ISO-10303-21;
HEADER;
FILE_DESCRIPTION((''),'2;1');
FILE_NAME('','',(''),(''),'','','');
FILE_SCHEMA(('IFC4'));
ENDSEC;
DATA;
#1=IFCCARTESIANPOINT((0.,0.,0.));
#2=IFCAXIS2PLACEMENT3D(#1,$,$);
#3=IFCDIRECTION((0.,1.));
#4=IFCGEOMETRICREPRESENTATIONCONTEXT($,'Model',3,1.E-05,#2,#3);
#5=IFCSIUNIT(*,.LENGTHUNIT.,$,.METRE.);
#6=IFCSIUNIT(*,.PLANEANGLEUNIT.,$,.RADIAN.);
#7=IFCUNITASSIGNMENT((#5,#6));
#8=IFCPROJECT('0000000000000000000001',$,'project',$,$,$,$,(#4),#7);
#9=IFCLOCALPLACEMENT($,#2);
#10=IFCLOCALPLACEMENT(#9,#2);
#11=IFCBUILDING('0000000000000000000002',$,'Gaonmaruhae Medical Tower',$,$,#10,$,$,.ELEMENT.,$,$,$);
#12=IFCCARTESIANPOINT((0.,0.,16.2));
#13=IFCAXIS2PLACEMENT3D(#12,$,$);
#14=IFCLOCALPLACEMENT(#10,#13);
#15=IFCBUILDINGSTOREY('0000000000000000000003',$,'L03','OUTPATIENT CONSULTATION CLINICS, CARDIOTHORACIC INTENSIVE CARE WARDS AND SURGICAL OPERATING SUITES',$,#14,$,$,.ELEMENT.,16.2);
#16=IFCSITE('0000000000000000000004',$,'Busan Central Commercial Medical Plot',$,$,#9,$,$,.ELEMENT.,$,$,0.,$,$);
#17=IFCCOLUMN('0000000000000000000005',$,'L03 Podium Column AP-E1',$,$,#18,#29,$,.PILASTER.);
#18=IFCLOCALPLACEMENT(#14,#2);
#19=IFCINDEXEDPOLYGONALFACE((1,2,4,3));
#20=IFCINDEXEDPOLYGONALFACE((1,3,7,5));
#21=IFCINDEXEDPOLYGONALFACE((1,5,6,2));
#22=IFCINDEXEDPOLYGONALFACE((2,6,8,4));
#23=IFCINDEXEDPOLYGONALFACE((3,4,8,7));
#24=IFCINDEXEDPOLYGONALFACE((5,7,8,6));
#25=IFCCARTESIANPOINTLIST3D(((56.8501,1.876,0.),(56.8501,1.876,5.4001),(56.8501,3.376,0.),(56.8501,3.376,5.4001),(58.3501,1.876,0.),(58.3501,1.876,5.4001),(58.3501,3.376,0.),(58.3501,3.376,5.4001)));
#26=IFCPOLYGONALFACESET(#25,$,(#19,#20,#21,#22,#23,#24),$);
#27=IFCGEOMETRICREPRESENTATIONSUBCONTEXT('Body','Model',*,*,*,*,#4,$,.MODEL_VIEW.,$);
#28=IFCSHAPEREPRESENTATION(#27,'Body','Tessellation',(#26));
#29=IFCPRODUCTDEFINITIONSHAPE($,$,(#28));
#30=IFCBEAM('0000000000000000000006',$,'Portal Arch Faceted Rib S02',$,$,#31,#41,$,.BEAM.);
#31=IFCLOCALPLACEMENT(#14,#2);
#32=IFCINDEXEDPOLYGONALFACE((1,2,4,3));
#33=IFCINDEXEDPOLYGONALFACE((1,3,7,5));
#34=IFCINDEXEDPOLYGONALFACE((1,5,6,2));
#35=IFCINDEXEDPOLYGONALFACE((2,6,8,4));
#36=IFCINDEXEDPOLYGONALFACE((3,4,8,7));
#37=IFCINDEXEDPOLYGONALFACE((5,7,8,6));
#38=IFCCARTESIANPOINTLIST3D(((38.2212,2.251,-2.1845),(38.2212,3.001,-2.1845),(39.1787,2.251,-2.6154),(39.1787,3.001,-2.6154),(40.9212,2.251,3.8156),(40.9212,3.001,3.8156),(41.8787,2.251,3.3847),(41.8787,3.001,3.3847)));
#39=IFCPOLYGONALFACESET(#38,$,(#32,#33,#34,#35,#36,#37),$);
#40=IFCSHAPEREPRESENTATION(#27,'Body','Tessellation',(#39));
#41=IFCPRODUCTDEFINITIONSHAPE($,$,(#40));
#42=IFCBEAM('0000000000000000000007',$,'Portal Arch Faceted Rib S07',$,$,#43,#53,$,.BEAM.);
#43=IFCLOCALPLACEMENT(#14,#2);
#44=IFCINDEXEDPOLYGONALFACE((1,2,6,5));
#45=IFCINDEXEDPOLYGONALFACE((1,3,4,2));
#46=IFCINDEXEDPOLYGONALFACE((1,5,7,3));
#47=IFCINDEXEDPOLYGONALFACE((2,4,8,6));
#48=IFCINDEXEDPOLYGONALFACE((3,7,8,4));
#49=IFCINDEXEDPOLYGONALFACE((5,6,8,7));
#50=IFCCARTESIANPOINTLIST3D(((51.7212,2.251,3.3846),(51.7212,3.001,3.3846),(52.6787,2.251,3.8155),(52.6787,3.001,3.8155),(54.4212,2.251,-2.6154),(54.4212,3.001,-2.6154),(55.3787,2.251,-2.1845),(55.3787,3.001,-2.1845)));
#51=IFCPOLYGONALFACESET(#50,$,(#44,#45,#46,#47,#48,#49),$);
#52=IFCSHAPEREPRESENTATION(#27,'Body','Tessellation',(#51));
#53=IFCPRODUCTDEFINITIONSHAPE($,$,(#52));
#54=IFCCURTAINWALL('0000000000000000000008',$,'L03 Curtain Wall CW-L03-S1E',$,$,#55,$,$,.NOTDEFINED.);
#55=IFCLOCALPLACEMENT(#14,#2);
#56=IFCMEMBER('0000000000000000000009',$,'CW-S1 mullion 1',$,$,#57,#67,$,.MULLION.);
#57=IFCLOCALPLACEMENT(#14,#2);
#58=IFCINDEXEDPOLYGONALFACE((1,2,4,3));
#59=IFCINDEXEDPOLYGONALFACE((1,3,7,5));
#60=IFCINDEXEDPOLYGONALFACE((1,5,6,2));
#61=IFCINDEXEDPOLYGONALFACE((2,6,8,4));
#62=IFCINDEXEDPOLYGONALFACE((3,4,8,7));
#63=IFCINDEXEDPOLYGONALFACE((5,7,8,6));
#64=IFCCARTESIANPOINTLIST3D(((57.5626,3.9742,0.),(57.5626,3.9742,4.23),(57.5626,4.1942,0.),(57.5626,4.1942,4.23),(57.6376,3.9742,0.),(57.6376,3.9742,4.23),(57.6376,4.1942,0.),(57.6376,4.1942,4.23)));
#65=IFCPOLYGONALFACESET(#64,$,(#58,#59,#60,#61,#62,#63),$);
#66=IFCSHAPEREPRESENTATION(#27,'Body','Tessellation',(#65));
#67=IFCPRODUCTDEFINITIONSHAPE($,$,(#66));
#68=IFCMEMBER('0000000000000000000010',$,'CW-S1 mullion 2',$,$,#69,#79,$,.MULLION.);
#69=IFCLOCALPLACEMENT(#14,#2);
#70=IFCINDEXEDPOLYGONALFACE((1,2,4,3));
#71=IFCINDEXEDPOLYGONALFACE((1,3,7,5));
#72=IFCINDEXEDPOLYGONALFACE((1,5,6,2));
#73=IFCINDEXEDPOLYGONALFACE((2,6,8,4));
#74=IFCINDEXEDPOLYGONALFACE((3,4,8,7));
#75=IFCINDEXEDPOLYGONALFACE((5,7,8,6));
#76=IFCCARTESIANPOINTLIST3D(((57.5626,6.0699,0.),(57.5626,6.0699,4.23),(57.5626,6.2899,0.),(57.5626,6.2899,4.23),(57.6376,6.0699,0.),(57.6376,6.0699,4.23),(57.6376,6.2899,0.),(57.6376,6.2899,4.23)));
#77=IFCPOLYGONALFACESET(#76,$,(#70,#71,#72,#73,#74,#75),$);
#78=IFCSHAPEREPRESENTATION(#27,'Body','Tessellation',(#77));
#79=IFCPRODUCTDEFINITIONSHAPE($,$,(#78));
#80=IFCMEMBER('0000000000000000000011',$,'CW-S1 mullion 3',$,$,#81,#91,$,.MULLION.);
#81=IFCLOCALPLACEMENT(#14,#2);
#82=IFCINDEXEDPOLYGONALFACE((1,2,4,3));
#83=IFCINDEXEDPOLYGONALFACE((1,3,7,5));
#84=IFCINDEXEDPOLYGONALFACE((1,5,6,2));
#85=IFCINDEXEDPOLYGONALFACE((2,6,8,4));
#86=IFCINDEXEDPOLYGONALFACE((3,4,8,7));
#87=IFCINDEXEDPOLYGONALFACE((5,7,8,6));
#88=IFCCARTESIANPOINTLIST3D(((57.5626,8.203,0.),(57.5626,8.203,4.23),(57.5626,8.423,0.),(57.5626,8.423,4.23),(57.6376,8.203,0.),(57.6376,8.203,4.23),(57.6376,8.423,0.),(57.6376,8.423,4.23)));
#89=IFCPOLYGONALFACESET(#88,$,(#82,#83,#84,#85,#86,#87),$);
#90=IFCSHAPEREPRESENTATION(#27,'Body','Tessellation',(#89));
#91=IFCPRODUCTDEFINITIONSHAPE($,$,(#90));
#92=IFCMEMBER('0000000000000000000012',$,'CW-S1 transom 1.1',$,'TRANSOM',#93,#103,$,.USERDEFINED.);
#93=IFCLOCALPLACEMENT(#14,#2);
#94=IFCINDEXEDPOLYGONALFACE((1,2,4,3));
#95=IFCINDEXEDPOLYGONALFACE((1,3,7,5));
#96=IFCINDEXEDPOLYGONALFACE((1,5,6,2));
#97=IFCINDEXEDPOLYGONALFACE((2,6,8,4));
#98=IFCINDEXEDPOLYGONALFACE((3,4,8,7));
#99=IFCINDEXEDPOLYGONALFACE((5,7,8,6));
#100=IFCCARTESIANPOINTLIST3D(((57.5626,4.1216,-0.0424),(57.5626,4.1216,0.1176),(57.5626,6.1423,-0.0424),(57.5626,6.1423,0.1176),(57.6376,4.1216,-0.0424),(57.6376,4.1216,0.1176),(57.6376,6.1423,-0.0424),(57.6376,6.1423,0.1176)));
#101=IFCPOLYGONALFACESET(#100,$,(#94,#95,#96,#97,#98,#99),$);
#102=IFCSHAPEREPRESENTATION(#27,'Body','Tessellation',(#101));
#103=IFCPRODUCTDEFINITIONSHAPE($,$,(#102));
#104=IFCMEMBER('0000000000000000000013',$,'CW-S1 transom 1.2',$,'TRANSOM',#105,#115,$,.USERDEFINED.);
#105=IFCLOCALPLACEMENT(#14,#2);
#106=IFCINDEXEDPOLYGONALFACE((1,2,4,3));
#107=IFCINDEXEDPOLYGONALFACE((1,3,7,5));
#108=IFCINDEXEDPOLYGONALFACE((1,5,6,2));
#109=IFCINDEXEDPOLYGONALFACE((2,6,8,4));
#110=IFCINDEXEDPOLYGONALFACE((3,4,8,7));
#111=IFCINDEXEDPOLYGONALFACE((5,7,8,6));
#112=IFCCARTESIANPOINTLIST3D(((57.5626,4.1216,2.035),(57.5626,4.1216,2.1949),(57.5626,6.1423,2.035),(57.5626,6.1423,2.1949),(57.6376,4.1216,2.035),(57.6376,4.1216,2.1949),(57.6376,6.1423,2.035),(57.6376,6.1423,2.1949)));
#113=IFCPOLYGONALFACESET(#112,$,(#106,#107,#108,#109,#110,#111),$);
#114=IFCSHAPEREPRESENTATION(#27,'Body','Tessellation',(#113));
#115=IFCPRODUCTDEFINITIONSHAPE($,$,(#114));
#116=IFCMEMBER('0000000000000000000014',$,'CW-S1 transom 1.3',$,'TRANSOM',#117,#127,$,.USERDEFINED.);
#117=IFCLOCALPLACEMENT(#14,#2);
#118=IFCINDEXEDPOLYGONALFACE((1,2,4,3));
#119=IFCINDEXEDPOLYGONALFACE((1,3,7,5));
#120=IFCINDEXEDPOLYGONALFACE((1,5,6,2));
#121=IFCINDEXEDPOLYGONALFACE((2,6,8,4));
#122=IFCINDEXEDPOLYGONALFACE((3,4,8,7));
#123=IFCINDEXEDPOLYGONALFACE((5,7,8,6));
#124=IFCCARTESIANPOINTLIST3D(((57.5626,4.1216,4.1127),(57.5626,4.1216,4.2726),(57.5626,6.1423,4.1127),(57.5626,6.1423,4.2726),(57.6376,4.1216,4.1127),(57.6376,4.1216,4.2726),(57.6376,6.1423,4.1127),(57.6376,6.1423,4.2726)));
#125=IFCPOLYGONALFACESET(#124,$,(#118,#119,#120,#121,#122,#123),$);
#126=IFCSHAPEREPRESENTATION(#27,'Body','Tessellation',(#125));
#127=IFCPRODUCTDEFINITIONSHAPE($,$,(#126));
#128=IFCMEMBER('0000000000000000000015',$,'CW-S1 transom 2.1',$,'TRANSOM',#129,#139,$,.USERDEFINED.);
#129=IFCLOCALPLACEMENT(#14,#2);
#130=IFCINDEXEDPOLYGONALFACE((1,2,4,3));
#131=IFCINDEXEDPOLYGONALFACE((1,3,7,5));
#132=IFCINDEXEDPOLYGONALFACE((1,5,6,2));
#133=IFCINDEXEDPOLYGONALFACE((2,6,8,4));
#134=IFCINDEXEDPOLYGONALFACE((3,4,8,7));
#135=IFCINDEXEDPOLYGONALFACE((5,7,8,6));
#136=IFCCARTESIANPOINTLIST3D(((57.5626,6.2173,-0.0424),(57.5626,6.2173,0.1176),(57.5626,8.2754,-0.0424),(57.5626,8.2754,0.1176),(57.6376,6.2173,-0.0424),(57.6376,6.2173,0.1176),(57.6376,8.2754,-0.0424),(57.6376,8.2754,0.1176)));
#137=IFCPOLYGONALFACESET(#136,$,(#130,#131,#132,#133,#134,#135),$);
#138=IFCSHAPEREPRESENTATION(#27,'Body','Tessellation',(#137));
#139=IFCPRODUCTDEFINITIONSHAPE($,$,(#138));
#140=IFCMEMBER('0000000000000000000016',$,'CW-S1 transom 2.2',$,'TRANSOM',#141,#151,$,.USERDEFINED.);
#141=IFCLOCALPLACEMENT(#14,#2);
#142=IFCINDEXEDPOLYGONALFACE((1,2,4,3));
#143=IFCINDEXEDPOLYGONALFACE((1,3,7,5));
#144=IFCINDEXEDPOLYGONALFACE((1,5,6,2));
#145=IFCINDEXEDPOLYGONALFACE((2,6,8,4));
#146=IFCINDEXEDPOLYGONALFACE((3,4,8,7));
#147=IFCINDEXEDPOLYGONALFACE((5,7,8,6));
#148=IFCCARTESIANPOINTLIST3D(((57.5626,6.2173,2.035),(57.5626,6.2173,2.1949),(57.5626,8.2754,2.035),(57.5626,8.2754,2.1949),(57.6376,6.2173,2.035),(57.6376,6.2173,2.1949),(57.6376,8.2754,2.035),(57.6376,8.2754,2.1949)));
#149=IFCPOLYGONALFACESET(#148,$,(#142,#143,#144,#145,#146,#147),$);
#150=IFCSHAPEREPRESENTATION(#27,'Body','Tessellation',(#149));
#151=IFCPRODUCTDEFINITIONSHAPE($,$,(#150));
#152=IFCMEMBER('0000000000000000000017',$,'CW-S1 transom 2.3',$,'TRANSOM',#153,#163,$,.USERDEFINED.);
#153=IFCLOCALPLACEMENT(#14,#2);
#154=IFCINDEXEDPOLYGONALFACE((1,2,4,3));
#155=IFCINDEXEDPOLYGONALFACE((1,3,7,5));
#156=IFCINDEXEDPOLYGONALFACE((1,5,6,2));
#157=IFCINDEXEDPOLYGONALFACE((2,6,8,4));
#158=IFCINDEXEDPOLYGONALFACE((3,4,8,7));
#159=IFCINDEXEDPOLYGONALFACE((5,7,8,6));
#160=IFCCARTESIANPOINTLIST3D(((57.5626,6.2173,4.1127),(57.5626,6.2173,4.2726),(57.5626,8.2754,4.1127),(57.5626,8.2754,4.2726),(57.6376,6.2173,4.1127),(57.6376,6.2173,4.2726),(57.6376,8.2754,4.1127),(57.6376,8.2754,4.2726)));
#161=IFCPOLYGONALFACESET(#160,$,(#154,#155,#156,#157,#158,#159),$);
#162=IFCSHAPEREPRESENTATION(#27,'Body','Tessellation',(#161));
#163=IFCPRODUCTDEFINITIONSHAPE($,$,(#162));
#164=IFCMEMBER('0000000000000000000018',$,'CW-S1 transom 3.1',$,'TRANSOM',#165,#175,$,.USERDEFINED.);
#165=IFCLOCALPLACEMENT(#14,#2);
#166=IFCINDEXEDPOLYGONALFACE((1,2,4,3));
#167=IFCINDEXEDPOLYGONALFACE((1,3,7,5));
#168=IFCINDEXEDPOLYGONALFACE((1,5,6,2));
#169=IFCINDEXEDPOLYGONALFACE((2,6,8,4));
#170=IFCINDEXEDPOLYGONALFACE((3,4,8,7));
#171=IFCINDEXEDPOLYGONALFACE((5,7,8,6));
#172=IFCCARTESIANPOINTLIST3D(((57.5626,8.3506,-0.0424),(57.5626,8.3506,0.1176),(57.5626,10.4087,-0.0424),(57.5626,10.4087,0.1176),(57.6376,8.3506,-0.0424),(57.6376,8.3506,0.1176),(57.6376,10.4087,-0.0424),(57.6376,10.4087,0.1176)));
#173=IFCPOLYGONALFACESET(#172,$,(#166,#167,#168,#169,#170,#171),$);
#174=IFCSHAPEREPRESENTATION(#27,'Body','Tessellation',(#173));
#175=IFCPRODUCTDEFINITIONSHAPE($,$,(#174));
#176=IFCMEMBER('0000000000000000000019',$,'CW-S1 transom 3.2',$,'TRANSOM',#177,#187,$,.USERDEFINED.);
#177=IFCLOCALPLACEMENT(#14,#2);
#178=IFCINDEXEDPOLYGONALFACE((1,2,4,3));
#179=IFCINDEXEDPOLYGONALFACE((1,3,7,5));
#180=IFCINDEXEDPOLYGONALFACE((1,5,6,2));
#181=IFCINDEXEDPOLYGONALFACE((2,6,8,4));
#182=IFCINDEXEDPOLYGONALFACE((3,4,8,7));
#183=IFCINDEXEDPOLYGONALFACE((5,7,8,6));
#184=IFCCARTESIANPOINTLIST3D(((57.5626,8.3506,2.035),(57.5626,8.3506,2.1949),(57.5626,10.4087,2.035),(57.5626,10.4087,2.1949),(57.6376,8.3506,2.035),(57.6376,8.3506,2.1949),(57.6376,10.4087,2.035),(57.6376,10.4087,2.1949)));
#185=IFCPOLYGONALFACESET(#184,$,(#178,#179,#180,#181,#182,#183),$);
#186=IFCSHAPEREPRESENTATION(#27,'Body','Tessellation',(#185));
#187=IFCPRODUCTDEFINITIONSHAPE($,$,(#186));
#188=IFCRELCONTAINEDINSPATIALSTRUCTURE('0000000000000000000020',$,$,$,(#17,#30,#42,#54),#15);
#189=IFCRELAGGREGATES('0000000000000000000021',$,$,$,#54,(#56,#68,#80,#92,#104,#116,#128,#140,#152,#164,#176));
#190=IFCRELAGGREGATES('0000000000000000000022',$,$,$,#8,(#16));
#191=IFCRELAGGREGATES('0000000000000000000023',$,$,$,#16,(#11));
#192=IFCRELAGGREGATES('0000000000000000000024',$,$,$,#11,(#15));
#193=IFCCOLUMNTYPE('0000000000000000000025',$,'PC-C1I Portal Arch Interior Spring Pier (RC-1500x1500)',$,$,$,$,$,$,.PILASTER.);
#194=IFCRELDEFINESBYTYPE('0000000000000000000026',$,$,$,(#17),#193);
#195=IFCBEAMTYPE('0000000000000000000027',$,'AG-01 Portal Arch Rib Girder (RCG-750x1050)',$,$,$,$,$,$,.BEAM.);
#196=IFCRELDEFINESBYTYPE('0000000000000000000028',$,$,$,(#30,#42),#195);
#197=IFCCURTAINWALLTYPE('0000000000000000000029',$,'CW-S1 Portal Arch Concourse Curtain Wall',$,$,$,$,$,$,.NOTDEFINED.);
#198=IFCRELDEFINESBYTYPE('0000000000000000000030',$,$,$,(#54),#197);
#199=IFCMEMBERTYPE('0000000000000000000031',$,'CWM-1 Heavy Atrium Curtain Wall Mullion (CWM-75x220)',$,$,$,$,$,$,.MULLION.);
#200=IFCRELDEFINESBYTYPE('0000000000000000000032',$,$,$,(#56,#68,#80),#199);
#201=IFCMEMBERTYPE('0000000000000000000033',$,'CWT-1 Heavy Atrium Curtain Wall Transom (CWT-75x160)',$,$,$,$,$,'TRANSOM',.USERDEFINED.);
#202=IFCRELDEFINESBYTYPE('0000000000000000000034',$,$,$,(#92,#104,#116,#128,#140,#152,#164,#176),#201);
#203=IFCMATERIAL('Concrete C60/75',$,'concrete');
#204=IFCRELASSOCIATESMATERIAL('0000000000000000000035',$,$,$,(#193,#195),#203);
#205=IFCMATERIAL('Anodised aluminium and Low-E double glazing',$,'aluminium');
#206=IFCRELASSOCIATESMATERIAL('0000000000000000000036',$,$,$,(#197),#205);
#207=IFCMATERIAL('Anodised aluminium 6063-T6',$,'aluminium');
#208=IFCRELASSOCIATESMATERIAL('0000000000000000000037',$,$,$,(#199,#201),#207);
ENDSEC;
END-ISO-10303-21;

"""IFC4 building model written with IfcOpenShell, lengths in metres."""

from ifc_helpers import new_model, si_unit, direction, frame, origin, origin_2d, place, context, subcontext, project, spatial, rectangle, extrude, material, material_profile, profile_set, type_object, element, aggregate, save


model = new_model("IFC4")

# Units and contexts
model_context = context("Model", 3, precision=1e-05, world=origin(), true_north=direction((0.0, 1.0)))
body_context = subcontext(model_context, "Body", "Model", "MODEL_VIEW")
ifc_project = project(units=[si_unit("LENGTHUNIT", "METRE"), si_unit("PLANEANGLEUNIT", "RADIAN")], contexts=[model_context])

# Site, building, storey
site_placement = place(None, origin())
site = spatial("IfcSite", under=ifc_project, at=site_placement, Name="Busan Central Commercial Medical Plot", CompositionType="ELEMENT", RefElevation=0.0)
building_placement = place(site_placement, origin())
building = spatial("IfcBuilding", under=site, at=building_placement, Name="Gaonmaruhae Medical Tower", CompositionType="ELEMENT")
storey_placement = place(building_placement, frame((0.0, 0.0, 16.2)))
storey = spatial("IfcBuildingStorey", under=building, at=storey_placement, Name="L03", Description="OUTPATIENT CONSULTATION CLINICS, CARDIOTHORACIC INTENSIVE CARE WARDS AND SURGICAL OPERATING SUITES", CompositionType="ELEMENT", Elevation=16.2)

# Column
ifc_material_1 = material(Name="Concrete C60/75", Category="concrete")
ifc_material_profile_1 = material_profile(ifc_material_1, rectangle(XDim=1.5, YDim=1.5, at=origin_2d()), Name="RC-1500x1500")
ifc_profile_set_1 = profile_set([ifc_material_profile_1], Name="Concrete C60/75")
column_type = type_object("IfcColumnType", Name="PC-C1I Portal Arch Interior Spring Pier (RC-1500x1500)", PredefinedType="PILASTER", material=ifc_profile_set_1)
column_placement = place(storey_placement, frame((57.6001, 2.626, 0.0), z_axis=(0.0, 0.0, 1.0), x_axis=(1.0, 0.0, 0.0)))
element("IfcColumn", 1, at=column_placement, inside=storey, type_object=column_type, Name="L03 Podium Column AP-E1", PredefinedType="PILASTER", context=body_context, shape_type="SweptSolid", body=[
    extrude(rectangle(XDim=1.5, YDim=1.5, at=origin_2d()), origin(), (0.0, 0.0, 1.0), 5.4001),
])

# Beams
ifc_material_profile_2 = material_profile(ifc_material_1, rectangle(XDim=0.75, YDim=1.05, at=origin_2d()), Name="RCG-750x1050")
ifc_profile_set_2 = profile_set([ifc_material_profile_2], Name="Concrete C60/75")
beam_type_1 = type_object("IfcBeamType", Name="AG-01 Portal Arch Rib Girder (RCG-750x1050)", PredefinedType="BEAM", material=ifc_profile_set_2)
for number, where, z_axis, x_axis, name in (
    (2, (38.7, 2.626, -2.3999), (0.410359, 0.0, 0.911924), (0.0, 1.0, 0.0), "Portal Arch Faceted Rib S02"),
    (3, (52.2, 2.626, 3.6001), (0.410359, 0.0, -0.911924), (0.0, 1.0, 0.0), "Portal Arch Faceted Rib S07"),
):
    element("IfcBeam", number, at=place(storey_placement, frame(where, z_axis=z_axis, x_axis=x_axis)), inside=storey, type_object=beam_type_1, Name=name, PredefinedType="BEAM", context=body_context, shape_type="SweptSolid", body=[
        extrude(rectangle(XDim=0.75, YDim=1.05, at=origin_2d()), origin(), (0.0, 0.0, 1.0), 6.5796),
    ])

# Curtain wall, members
ifc_material_2 = material(Name="Anodised aluminium and Low-E double glazing", Category="aluminium")
curtain_wall_type = type_object("IfcCurtainWallType", Name="CW-S1 Portal Arch Concourse Curtain Wall", PredefinedType="NOTDEFINED", material=ifc_material_2)
curtain_wall_placement = place(storey_placement, origin())
curtain_wall = element("IfcCurtainWall", 4, at=curtain_wall_placement, inside=storey, type_object=curtain_wall_type, Name="L03 Curtain Wall CW-L03-S1E", PredefinedType="NOTDEFINED")
ifc_material_3 = material(Name="Anodised aluminium 6063-T6", Category="aluminium")
ifc_material_profile_3 = material_profile(ifc_material_3, rectangle(XDim=0.075, YDim=0.22, at=origin_2d()), Name="CWM-75x220")
ifc_profile_set_3 = profile_set([ifc_material_profile_3], Name="Anodised aluminium 6063-T6")
member_type_1 = type_object("IfcMemberType", Name="CWM-1 Heavy Atrium Curtain Wall Mullion (CWM-75x220)", PredefinedType="MULLION", material=ifc_profile_set_3)
member_1_placement = place(storey_placement, frame((57.6001, 4.0842, 0.0), z_axis=(0.0, 0.0, 1.0), x_axis=(-1.0, 0.0, 0.0)))
member_1 = element("IfcMember", 5, at=member_1_placement, type_object=member_type_1, Name="CW-S1 mullion 1", PredefinedType="MULLION", context=body_context, shape_type="SweptSolid", body=[
    extrude(rectangle(XDim=0.075, YDim=0.22, at=origin_2d()), origin(), (0.0, 0.0, 1.0), 4.23),
])
member_2_placement = place(storey_placement, frame((57.6001, 6.1799, 0.0), z_axis=(0.0, 0.0, 1.0), x_axis=(-1.0, 0.0, 0.0)))
member_2 = element("IfcMember", 6, at=member_2_placement, type_object=member_type_1, Name="CW-S1 mullion 2", PredefinedType="MULLION", context=body_context, shape_type="SweptSolid", body=[
    extrude(rectangle(XDim=0.075, YDim=0.22, at=origin_2d()), origin(), (0.0, 0.0, 1.0), 4.23),
])
member_3_placement = place(storey_placement, frame((57.6001, 8.313, 0.0), z_axis=(0.0, 0.0, 1.0), x_axis=(-1.0, 0.0, 0.0)))
member_3 = element("IfcMember", 7, at=member_3_placement, type_object=member_type_1, Name="CW-S1 mullion 3", PredefinedType="MULLION", context=body_context, shape_type="SweptSolid", body=[
    extrude(rectangle(XDim=0.075, YDim=0.22, at=origin_2d()), origin(), (0.0, 0.0, 1.0), 4.23),
])
ifc_material_profile_4 = material_profile(ifc_material_3, rectangle(XDim=0.075, YDim=0.1599, at=origin_2d()), Name="CWT-75x160")
ifc_profile_set_4 = profile_set([ifc_material_profile_4], Name="Anodised aluminium 6063-T6")
member_type_2 = type_object("IfcMemberType", Name="CWT-1 Heavy Atrium Curtain Wall Transom (CWT-75x160)", ElementType="TRANSOM", PredefinedType="USERDEFINED", material=ifc_profile_set_4)
member_4_placement = place(storey_placement, frame((57.6001, 4.1216, 0.0376), z_axis=(0.0, 1.0, 0.0), x_axis=(-1.0, 0.0, 0.0)))
member_4 = element("IfcMember", 8, at=member_4_placement, type_object=member_type_2, Name="CW-S1 transom 1.1", ObjectType="TRANSOM", PredefinedType="USERDEFINED", context=body_context, shape_type="SweptSolid", body=[
    extrude(rectangle(XDim=0.075, YDim=0.1599, at=origin_2d()), origin(), (0.0, 0.0, 1.0), 2.0208),
])
member_5_placement = place(storey_placement, frame((57.6001, 4.1216, 2.115), z_axis=(0.0, 1.0, 0.0), x_axis=(-1.0, 0.0, 0.0)))
member_5 = element("IfcMember", 9, at=member_5_placement, type_object=member_type_2, Name="CW-S1 transom 1.2", ObjectType="TRANSOM", PredefinedType="USERDEFINED", context=body_context, shape_type="SweptSolid", body=[
    extrude(rectangle(XDim=0.075, YDim=0.1599, at=origin_2d()), origin(), (0.0, 0.0, 1.0), 2.0208),
])
member_6_placement = place(storey_placement, frame((57.6001, 4.1216, 4.1926), z_axis=(0.0, 1.0, 0.0), x_axis=(-1.0, 0.0, 0.0)))
member_6 = element("IfcMember", 10, at=member_6_placement, type_object=member_type_2, Name="CW-S1 transom 1.3", ObjectType="TRANSOM", PredefinedType="USERDEFINED", context=body_context, shape_type="SweptSolid", body=[
    extrude(rectangle(XDim=0.075, YDim=0.1599, at=origin_2d()), origin(), (0.0, 0.0, 1.0), 2.0208),
])
member_7_placement = place(storey_placement, frame((57.6001, 6.2173, 0.0376), z_axis=(0.0, 1.0, 0.0), x_axis=(-1.0, 0.0, 0.0)))
member_7 = element("IfcMember", 11, at=member_7_placement, type_object=member_type_2, Name="CW-S1 transom 2.1", ObjectType="TRANSOM", PredefinedType="USERDEFINED", context=body_context, shape_type="SweptSolid", body=[
    extrude(rectangle(XDim=0.075, YDim=0.1599, at=origin_2d()), origin(), (0.0, 0.0, 1.0), 2.0581),
])
member_8_placement = place(storey_placement, frame((57.6001, 6.2173, 2.115), z_axis=(0.0, 1.0, 0.0), x_axis=(-1.0, 0.0, 0.0)))
member_8 = element("IfcMember", 12, at=member_8_placement, type_object=member_type_2, Name="CW-S1 transom 2.2", ObjectType="TRANSOM", PredefinedType="USERDEFINED", context=body_context, shape_type="SweptSolid", body=[
    extrude(rectangle(XDim=0.075, YDim=0.1599, at=origin_2d()), origin(), (0.0, 0.0, 1.0), 2.0581),
])
member_9_placement = place(storey_placement, frame((57.6001, 6.2173, 4.1926), z_axis=(0.0, 1.0, 0.0), x_axis=(-1.0, 0.0, 0.0)))
member_9 = element("IfcMember", 13, at=member_9_placement, type_object=member_type_2, Name="CW-S1 transom 2.3", ObjectType="TRANSOM", PredefinedType="USERDEFINED", context=body_context, shape_type="SweptSolid", body=[
    extrude(rectangle(XDim=0.075, YDim=0.1599, at=origin_2d()), origin(), (0.0, 0.0, 1.0), 2.0581),
])
member_10_placement = place(storey_placement, frame((57.6001, 8.3506, 0.0376), z_axis=(0.0, 1.0, 0.0), x_axis=(-1.0, 0.0, 0.0)))
member_10 = element("IfcMember", 14, at=member_10_placement, type_object=member_type_2, Name="CW-S1 transom 3.1", ObjectType="TRANSOM", PredefinedType="USERDEFINED", context=body_context, shape_type="SweptSolid", body=[
    extrude(rectangle(XDim=0.075, YDim=0.1599, at=origin_2d()), origin(), (0.0, 0.0, 1.0), 2.0581),
])
member_11_placement = place(storey_placement, frame((57.6001, 8.3506, 2.115), z_axis=(0.0, 1.0, 0.0), x_axis=(-1.0, 0.0, 0.0)))
member_11 = element("IfcMember", 15, at=member_11_placement, type_object=member_type_2, Name="CW-S1 transom 3.2", ObjectType="TRANSOM", PredefinedType="USERDEFINED", context=body_context, shape_type="SweptSolid", body=[
    extrude(rectangle(XDim=0.075, YDim=0.1599, at=origin_2d()), origin(), (0.0, 0.0, 1.0), 2.0581),
])

aggregate(curtain_wall, [member_1, member_2, member_3, member_4, member_5, member_6, member_7, member_8, member_9, member_10, member_11])

save(model, "model.ifc")
